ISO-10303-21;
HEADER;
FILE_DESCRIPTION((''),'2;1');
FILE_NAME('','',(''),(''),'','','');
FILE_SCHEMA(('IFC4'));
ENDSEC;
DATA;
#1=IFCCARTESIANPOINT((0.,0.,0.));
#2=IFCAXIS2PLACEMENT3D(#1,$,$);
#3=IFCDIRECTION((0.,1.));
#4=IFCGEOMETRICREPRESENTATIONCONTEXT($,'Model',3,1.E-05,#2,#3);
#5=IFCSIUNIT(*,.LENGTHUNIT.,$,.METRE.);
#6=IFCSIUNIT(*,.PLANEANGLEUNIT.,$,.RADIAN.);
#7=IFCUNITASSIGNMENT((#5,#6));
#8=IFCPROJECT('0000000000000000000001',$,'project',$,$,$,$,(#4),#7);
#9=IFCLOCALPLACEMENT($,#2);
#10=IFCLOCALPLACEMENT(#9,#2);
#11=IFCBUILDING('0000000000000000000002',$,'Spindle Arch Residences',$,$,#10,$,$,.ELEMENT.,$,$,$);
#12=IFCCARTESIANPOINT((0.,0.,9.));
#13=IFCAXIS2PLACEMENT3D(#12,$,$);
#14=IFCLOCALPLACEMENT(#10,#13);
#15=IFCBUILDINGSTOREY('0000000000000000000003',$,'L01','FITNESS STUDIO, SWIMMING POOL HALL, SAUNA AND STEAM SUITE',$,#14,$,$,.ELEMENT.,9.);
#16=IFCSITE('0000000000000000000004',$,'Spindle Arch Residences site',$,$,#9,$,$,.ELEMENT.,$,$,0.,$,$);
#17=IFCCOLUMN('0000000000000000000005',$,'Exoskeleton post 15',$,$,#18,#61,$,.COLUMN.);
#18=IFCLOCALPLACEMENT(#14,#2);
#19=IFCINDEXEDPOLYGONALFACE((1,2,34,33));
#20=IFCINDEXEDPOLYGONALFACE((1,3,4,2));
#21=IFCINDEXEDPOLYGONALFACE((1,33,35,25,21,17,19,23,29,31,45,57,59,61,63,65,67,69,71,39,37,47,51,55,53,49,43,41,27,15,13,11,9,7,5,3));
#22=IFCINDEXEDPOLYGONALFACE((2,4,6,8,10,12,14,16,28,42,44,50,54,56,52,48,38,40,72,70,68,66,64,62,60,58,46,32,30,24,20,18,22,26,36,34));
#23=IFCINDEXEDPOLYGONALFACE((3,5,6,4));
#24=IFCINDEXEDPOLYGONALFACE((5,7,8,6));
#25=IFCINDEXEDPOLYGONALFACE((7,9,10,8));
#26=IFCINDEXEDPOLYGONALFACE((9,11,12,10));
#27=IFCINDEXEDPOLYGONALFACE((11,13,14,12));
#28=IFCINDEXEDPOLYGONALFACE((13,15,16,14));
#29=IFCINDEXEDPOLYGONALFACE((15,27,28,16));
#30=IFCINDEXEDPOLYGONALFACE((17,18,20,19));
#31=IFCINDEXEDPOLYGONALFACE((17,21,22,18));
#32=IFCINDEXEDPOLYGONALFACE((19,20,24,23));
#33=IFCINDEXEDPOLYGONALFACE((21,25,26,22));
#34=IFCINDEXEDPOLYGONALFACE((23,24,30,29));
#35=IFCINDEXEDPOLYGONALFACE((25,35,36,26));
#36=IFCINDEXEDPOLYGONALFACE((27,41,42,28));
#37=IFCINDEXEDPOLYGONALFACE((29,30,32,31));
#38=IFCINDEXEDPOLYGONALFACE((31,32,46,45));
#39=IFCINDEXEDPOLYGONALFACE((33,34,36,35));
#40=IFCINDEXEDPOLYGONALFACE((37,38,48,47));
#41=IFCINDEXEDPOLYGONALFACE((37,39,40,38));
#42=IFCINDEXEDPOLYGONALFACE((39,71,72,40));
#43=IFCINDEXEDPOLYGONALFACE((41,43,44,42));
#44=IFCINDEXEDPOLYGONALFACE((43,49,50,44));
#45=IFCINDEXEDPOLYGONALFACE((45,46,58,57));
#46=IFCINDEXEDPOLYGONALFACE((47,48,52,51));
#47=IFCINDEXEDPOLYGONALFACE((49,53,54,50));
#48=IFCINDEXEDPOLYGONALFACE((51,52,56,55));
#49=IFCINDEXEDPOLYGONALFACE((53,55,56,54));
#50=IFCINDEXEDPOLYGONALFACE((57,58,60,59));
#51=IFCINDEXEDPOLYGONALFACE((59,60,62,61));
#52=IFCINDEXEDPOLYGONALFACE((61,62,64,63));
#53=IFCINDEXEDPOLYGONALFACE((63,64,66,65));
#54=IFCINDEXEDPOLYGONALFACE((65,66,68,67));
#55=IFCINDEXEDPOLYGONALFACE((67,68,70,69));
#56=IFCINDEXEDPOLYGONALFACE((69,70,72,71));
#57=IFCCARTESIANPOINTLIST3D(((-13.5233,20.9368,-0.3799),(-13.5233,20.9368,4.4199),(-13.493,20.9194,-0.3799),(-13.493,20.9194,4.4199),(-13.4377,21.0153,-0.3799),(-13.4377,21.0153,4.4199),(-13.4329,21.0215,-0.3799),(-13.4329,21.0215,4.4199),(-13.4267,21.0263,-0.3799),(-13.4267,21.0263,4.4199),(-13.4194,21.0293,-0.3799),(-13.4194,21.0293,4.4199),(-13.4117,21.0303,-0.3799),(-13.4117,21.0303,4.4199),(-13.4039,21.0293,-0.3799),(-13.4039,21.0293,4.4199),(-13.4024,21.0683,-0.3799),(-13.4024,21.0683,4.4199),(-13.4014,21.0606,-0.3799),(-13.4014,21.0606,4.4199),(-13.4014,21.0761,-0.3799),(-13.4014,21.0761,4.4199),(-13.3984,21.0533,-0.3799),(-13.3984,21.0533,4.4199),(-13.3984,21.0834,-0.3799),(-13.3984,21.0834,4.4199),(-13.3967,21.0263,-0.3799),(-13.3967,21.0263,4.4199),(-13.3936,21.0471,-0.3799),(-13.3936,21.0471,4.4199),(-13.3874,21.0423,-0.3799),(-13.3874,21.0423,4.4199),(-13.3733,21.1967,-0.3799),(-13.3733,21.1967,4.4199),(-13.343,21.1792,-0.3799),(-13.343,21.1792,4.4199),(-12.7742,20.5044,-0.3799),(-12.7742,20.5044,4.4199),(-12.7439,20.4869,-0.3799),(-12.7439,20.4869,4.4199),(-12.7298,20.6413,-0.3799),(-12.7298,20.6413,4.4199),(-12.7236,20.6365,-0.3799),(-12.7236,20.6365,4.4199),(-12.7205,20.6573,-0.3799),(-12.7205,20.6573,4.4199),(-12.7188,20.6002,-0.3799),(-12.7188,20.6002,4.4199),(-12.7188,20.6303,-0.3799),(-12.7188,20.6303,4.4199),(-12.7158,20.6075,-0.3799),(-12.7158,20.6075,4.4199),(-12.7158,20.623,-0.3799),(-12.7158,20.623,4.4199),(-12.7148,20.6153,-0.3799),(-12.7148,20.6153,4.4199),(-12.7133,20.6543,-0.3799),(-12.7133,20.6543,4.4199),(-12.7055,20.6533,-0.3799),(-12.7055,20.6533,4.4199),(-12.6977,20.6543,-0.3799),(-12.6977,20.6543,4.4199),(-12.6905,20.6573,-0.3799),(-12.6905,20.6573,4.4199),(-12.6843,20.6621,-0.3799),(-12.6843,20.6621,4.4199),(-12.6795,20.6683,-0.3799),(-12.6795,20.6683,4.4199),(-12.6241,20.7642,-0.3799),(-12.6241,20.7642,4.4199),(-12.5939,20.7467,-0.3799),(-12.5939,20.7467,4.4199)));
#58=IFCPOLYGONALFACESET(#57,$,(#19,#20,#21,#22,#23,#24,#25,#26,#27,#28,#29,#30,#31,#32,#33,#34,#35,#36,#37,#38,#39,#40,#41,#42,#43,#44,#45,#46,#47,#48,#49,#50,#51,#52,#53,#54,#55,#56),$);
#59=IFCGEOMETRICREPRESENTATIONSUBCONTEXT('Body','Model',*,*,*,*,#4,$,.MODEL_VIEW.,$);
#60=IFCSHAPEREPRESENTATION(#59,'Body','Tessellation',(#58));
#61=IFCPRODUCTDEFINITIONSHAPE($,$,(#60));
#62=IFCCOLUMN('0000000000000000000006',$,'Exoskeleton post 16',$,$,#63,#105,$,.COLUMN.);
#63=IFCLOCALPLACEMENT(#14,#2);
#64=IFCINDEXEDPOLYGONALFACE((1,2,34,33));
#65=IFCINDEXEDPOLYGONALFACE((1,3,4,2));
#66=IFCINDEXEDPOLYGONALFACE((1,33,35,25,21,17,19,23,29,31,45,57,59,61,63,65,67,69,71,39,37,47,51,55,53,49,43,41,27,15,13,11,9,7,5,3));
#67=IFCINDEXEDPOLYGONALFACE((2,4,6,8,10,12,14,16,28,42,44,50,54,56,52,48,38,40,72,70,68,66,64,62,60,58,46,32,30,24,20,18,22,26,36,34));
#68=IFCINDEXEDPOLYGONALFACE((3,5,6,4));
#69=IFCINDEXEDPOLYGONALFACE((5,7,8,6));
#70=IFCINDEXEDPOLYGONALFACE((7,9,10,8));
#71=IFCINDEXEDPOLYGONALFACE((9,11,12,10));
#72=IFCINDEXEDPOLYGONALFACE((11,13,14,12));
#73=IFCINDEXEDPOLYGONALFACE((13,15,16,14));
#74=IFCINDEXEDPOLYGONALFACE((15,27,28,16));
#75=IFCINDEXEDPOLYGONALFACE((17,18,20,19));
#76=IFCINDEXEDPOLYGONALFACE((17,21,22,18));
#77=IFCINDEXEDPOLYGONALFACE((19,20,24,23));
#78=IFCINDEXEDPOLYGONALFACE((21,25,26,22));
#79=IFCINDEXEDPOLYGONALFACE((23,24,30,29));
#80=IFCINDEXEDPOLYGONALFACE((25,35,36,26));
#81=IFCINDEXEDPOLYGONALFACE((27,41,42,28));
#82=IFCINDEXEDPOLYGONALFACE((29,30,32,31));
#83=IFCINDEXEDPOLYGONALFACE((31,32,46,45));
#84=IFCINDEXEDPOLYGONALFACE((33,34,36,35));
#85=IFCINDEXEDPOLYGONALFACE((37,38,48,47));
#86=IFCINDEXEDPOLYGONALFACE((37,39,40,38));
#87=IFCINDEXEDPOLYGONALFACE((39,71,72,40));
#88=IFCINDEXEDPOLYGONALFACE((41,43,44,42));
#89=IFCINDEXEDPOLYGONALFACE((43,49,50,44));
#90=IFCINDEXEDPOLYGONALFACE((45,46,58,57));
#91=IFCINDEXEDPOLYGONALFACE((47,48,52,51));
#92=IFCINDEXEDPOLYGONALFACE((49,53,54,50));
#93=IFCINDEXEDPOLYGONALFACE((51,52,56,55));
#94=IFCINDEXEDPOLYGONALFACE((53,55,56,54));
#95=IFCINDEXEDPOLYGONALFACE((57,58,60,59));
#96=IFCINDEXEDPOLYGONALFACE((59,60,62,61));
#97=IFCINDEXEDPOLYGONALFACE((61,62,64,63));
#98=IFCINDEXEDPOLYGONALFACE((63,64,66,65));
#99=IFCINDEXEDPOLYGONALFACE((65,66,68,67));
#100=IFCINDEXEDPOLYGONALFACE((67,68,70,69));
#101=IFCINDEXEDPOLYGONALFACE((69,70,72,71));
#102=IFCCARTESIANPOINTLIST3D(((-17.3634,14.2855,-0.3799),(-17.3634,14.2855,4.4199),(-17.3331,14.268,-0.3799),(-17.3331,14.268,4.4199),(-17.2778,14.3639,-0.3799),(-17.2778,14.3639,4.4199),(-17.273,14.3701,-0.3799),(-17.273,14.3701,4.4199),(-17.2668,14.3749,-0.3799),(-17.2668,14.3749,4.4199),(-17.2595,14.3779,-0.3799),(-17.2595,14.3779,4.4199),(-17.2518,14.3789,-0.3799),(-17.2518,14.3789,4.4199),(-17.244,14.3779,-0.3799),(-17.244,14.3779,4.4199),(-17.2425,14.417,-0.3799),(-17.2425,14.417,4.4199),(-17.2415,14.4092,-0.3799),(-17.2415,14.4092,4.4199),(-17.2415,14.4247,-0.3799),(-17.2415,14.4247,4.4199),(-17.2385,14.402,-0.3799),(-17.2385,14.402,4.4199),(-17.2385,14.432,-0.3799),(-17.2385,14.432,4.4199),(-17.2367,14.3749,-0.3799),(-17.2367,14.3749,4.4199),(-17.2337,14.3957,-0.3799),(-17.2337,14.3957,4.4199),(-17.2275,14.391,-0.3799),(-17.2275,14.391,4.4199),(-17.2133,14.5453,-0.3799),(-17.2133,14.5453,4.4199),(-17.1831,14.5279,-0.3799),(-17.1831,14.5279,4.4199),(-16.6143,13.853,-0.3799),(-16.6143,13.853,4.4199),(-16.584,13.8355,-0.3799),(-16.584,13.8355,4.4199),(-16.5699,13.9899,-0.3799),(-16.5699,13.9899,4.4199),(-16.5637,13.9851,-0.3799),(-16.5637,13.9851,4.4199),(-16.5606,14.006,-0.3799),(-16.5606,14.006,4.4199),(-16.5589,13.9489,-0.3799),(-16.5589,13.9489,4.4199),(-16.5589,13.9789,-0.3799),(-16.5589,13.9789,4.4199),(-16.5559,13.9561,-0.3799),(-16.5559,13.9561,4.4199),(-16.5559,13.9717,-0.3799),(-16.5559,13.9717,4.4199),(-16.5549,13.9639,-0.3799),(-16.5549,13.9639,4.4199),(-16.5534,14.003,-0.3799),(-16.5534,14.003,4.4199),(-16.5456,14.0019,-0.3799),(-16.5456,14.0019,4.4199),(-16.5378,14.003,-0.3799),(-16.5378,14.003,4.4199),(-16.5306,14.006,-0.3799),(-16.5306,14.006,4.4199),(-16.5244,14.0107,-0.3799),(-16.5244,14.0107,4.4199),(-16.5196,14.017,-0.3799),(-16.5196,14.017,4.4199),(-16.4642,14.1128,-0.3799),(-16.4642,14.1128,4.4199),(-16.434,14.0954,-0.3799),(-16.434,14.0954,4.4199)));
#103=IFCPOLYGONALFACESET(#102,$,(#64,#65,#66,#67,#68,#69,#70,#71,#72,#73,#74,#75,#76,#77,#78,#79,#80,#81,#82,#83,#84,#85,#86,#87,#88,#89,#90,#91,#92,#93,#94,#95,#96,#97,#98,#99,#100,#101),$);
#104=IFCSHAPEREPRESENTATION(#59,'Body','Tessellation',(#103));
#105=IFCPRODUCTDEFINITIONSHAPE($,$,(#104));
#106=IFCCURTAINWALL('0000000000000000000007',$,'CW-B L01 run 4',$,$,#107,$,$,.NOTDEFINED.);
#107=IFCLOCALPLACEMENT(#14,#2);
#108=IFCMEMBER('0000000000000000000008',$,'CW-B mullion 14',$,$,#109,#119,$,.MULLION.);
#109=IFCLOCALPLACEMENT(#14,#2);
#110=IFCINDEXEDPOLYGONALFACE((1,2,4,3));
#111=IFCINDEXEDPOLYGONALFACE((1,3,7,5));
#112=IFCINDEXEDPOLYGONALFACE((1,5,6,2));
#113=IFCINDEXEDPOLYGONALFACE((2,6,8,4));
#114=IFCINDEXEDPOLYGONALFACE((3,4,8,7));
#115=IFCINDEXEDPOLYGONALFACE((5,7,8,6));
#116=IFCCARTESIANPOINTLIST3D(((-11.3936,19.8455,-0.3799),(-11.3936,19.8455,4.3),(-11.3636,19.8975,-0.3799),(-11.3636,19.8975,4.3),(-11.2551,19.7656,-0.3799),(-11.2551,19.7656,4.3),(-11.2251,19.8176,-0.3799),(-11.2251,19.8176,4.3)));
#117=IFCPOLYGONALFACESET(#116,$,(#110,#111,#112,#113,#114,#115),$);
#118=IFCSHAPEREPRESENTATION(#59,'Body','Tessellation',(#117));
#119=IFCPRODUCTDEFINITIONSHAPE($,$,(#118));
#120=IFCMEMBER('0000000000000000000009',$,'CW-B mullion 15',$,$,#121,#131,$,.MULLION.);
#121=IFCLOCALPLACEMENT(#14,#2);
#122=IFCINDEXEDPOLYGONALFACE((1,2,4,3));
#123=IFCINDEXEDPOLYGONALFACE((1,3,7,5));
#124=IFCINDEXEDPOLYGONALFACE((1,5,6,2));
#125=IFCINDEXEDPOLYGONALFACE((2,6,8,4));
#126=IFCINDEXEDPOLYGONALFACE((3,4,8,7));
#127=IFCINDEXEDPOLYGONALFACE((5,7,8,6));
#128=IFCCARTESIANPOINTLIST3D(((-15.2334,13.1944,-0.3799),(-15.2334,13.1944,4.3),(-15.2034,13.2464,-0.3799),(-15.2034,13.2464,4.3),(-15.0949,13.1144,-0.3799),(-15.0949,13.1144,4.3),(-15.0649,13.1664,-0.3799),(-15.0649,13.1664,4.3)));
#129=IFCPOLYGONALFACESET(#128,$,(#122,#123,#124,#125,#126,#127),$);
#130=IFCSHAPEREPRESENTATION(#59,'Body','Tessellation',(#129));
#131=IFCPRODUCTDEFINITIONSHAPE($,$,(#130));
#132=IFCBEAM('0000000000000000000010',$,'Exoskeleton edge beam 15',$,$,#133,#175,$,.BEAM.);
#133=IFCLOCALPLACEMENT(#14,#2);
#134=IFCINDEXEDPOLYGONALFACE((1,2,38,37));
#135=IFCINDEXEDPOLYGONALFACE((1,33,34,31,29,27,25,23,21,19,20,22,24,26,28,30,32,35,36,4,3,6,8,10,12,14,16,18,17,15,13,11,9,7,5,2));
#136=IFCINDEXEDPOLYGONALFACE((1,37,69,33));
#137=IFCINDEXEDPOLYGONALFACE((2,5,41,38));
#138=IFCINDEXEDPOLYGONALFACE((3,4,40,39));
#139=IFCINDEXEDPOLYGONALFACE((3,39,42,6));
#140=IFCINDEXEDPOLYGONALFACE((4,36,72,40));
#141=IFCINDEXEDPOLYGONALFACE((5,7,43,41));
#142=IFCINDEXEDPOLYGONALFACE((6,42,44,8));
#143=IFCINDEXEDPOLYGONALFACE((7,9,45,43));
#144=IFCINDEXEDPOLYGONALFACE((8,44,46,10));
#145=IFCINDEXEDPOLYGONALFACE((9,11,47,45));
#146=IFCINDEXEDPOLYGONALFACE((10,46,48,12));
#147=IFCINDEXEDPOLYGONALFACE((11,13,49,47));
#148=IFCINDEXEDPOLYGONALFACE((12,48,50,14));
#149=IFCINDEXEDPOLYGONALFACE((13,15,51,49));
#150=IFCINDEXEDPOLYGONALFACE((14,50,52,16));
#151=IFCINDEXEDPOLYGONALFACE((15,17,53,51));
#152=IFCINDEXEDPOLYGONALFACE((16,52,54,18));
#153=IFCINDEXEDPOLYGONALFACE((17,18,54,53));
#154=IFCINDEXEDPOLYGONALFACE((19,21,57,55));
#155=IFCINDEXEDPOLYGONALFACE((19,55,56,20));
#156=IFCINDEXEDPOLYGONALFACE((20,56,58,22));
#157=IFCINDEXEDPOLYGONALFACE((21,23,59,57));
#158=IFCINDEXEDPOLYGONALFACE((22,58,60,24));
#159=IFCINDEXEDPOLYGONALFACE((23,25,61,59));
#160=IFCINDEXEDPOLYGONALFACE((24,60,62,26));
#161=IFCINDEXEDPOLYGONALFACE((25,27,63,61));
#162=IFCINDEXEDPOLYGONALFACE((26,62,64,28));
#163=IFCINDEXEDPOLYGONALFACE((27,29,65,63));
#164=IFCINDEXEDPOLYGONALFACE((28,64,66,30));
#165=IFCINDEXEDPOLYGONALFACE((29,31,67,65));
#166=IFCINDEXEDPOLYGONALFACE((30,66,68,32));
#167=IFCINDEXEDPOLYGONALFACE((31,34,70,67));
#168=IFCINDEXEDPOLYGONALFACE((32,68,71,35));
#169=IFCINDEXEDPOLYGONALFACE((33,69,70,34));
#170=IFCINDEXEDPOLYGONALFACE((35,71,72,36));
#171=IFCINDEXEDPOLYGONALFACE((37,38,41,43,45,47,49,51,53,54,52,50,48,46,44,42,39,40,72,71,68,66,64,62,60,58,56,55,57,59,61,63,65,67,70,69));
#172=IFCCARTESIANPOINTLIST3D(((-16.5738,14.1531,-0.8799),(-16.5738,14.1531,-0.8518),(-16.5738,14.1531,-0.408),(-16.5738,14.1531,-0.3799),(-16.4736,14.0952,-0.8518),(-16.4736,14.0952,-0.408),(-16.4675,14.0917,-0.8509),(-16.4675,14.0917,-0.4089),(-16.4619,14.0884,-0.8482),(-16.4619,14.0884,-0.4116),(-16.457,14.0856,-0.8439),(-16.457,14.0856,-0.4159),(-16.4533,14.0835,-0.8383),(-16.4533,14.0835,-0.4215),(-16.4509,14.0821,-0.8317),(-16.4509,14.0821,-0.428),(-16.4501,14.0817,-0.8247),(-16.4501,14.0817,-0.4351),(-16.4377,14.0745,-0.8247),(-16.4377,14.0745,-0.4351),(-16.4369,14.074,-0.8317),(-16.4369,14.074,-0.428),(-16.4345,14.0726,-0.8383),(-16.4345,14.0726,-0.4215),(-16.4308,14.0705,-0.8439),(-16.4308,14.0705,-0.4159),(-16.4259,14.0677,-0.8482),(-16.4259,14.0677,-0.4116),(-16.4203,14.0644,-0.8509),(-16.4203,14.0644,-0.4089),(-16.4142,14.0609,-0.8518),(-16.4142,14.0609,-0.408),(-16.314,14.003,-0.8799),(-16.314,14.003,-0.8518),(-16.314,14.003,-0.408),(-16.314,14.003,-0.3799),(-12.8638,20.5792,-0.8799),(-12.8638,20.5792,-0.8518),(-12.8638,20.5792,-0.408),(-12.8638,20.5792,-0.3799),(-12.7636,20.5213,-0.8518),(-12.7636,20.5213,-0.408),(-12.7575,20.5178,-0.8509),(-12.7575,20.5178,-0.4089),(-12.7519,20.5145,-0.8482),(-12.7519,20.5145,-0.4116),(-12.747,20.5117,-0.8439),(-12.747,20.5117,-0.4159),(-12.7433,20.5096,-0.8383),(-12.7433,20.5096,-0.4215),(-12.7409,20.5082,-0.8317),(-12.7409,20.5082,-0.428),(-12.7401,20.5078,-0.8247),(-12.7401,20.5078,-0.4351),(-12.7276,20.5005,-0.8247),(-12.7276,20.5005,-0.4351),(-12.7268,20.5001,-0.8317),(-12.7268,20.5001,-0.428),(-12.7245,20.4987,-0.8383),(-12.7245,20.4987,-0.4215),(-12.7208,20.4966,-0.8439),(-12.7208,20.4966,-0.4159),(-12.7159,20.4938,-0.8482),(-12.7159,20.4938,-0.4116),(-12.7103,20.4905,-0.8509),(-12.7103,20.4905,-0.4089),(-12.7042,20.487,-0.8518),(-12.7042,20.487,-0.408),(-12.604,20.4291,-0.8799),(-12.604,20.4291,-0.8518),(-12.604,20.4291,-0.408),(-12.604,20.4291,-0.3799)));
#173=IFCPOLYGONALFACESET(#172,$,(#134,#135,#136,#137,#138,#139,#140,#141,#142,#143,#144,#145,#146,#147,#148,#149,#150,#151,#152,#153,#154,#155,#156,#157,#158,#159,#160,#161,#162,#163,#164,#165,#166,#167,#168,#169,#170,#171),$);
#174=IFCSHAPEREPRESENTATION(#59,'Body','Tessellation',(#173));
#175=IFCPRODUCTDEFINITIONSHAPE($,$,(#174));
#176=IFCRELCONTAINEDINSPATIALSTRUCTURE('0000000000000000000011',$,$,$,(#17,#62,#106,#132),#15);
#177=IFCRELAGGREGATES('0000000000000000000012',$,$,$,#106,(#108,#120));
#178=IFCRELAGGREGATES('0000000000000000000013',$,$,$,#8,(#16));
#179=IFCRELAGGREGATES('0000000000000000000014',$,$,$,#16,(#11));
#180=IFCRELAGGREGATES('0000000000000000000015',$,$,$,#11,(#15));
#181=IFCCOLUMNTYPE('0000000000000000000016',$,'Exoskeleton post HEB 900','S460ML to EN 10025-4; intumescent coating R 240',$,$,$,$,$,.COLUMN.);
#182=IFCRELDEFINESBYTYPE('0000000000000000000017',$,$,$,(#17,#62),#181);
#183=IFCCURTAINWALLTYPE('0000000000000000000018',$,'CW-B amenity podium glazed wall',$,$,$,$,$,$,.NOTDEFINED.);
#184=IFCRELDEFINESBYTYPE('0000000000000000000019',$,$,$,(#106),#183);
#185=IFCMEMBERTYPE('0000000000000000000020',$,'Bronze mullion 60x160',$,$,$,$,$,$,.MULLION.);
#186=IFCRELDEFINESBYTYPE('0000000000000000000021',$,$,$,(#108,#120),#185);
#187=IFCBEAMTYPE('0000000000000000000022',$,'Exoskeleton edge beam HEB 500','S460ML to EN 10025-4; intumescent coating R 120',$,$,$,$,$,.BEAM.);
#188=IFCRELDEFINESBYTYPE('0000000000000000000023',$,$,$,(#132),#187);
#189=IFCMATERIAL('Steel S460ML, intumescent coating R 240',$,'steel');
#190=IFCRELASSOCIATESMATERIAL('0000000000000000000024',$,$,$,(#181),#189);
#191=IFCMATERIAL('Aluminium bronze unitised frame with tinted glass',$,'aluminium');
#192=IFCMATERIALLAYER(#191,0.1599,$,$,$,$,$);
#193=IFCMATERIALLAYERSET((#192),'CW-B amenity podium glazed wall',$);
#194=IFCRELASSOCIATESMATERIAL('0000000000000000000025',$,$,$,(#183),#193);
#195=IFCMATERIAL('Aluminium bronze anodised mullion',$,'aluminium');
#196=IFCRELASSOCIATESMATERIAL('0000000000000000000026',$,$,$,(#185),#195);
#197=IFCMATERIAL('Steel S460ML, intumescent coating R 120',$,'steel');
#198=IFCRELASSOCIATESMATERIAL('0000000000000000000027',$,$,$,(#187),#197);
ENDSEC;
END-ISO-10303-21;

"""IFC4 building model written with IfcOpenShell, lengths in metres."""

from ifc_helpers import new_model, si_unit, direction, frame, origin, origin_2d, place, context, subcontext, project, spatial, rectangle, i_section, extrude, material, layer, layer_set, material_profile, profile_set, type_object, element, aggregate, save


model = new_model("IFC4")

# Units and contexts
model_context = context("Model", 3, precision=1e-05, world=origin(), true_north=direction((0.0, 1.0)))
body_context = subcontext(model_context, "Body", "Model", "MODEL_VIEW")
ifc_project = project(units=[si_unit("LENGTHUNIT", "METRE"), si_unit("PLANEANGLEUNIT", "RADIAN")], contexts=[model_context])

# Site, building, storey
site_placement = place(None, origin())
site = spatial("IfcSite", under=ifc_project, at=site_placement, Name="Spindle Arch Residences site", CompositionType="ELEMENT", RefElevation=0.0)
building_placement = place(site_placement, origin())
building = spatial("IfcBuilding", under=site, at=building_placement, Name="Spindle Arch Residences", CompositionType="ELEMENT")
storey_placement = place(building_placement, frame((0.0, 0.0, 9.0)))
storey = spatial("IfcBuildingStorey", under=building, at=storey_placement, Name="L01", Description="FITNESS STUDIO, SWIMMING POOL HALL, SAUNA AND STEAM SUITE", CompositionType="ELEMENT", Elevation=9.0)

# Columns
ifc_material_1 = material(Name="Steel S460ML, intumescent coating R 240", Category="steel")
ifc_material_profile_1 = material_profile(ifc_material_1, i_section(OverallWidth=0.3, OverallDepth=0.8999, WebThickness=0.0186, FlangeThickness=0.0349, FilletRadius=0.03, at=origin_2d()), Name="HEB 900")
ifc_profile_set_1 = profile_set([ifc_material_profile_1], Name="Steel S460ML, intumescent coating R 240")
column_type = type_object("IfcColumnType", Name="Exoskeleton post HEB 900", Description="S460ML to EN 10025-4; intumescent coating R 240", PredefinedType="COLUMN", material=ifc_profile_set_1)
for number, where, z_axis, x_axis, name in (
    (1, (-13.0586, 20.8418, -0.3799), (0.0, 0.0, 1.0), (0.5, 0.866025, 0.0), "Exoskeleton post 15"),
    (2, (-16.8987, 14.1904, -0.3799), (0.0, 0.0, 1.0), (0.5, 0.866025, 0.0), "Exoskeleton post 16"),
):
    element("IfcColumn", number, at=place(storey_placement, frame(where, z_axis=z_axis, x_axis=x_axis)), inside=storey, type_object=column_type, Name=name, PredefinedType="COLUMN", context=body_context, shape_type="SweptSolid", body=[
        extrude(i_section(OverallWidth=0.3, OverallDepth=0.8999, WebThickness=0.0186, FlangeThickness=0.0349, FilletRadius=0.03, at=origin_2d()), origin(), (0.0, 0.0, 1.0), 4.7998),
    ])

# Curtain wall, members
ifc_material_2 = material(Name="Aluminium bronze unitised frame with tinted glass", Category="aluminium")
ifc_layer_1 = layer(ifc_material_2, 0.1599)
ifc_layer_set_1 = layer_set([ifc_layer_1], Name="CW-B amenity podium glazed wall")
curtain_wall_type = type_object("IfcCurtainWallType", Name="CW-B amenity podium glazed wall", PredefinedType="NOTDEFINED", material=ifc_layer_set_1)
curtain_wall_placement = place(storey_placement, origin())
curtain_wall = element("IfcCurtainWall", 3, at=curtain_wall_placement, inside=storey, type_object=curtain_wall_type, Name="CW-B L01 run 4", PredefinedType="NOTDEFINED")
ifc_material_3 = material(Name="Aluminium bronze anodised mullion", Category="aluminium")
ifc_material_profile_2 = material_profile(ifc_material_3, rectangle(XDim=0.1599, YDim=0.0601, at=origin_2d()), Name="MU 60x160")
ifc_profile_set_2 = profile_set([ifc_material_profile_2], Name="Aluminium bronze anodised mullion")
member_type = type_object("IfcMemberType", Name="Bronze mullion 60x160", PredefinedType="MULLION", material=ifc_profile_set_2)
member_1_placement = place(storey_placement, frame((-11.3093, 19.8315, -0.3799), z_axis=(0.0, 0.0, 1.0), x_axis=(0.866025, -0.5, 0.0)))
member_1 = element("IfcMember", 4, at=member_1_placement, type_object=member_type, Name="CW-B mullion 14", PredefinedType="MULLION", context=body_context, shape_type="SweptSolid", body=[
    extrude(rectangle(XDim=0.1599, YDim=0.0601, at=origin_2d()), origin(), (0.0, 0.0, 1.0), 4.6799),
])
member_2_placement = place(storey_placement, frame((-15.1492, 13.1804, -0.3799), z_axis=(0.0, 0.0, 1.0), x_axis=(0.866025, -0.5, 0.0)))
member_2 = element("IfcMember", 5, at=member_2_placement, type_object=member_type, Name="CW-B mullion 15", PredefinedType="MULLION", context=body_context, shape_type="SweptSolid", body=[
    extrude(rectangle(XDim=0.1599, YDim=0.0601, at=origin_2d()), origin(), (0.0, 0.0, 1.0), 4.6799),
])

# Beam
ifc_material_4 = material(Name="Steel S460ML, intumescent coating R 120", Category="steel")
ifc_material_profile_3 = material_profile(ifc_material_4, i_section(OverallWidth=0.3, OverallDepth=0.5, WebThickness=0.0144, FlangeThickness=0.0281, FilletRadius=0.0271, at=origin_2d()), Name="HEB 500")
ifc_profile_set_3 = profile_set([ifc_material_profile_3], Name="Steel S460ML, intumescent coating R 120")
beam_type_1 = type_object("IfcBeamType", Name="Exoskeleton edge beam HEB 500", Description="S460ML to EN 10025-4; intumescent coating R 120", PredefinedType="BEAM", material=ifc_profile_set_3)
beam_1_placement = place(storey_placement, frame((-12.7339, 20.5042, -0.6299), z_axis=(-0.499989, -0.866032, 0.0), x_axis=(0.866032, -0.499989, 0.0)))
element("IfcBeam", 6, at=beam_1_placement, inside=storey, type_object=beam_type_1, Name="Exoskeleton edge beam 15", PredefinedType="BEAM", context=body_context, shape_type="SweptSolid", body=[
    extrude(i_section(OverallWidth=0.3, OverallDepth=0.5, WebThickness=0.0144, FlangeThickness=0.0281, FilletRadius=0.0271, at=origin_2d()), origin(), (0.0, 0.0, 1.0), 7.4202),
])

aggregate(curtain_wall, [member_1, member_2])

save(model, "model.ifc")
